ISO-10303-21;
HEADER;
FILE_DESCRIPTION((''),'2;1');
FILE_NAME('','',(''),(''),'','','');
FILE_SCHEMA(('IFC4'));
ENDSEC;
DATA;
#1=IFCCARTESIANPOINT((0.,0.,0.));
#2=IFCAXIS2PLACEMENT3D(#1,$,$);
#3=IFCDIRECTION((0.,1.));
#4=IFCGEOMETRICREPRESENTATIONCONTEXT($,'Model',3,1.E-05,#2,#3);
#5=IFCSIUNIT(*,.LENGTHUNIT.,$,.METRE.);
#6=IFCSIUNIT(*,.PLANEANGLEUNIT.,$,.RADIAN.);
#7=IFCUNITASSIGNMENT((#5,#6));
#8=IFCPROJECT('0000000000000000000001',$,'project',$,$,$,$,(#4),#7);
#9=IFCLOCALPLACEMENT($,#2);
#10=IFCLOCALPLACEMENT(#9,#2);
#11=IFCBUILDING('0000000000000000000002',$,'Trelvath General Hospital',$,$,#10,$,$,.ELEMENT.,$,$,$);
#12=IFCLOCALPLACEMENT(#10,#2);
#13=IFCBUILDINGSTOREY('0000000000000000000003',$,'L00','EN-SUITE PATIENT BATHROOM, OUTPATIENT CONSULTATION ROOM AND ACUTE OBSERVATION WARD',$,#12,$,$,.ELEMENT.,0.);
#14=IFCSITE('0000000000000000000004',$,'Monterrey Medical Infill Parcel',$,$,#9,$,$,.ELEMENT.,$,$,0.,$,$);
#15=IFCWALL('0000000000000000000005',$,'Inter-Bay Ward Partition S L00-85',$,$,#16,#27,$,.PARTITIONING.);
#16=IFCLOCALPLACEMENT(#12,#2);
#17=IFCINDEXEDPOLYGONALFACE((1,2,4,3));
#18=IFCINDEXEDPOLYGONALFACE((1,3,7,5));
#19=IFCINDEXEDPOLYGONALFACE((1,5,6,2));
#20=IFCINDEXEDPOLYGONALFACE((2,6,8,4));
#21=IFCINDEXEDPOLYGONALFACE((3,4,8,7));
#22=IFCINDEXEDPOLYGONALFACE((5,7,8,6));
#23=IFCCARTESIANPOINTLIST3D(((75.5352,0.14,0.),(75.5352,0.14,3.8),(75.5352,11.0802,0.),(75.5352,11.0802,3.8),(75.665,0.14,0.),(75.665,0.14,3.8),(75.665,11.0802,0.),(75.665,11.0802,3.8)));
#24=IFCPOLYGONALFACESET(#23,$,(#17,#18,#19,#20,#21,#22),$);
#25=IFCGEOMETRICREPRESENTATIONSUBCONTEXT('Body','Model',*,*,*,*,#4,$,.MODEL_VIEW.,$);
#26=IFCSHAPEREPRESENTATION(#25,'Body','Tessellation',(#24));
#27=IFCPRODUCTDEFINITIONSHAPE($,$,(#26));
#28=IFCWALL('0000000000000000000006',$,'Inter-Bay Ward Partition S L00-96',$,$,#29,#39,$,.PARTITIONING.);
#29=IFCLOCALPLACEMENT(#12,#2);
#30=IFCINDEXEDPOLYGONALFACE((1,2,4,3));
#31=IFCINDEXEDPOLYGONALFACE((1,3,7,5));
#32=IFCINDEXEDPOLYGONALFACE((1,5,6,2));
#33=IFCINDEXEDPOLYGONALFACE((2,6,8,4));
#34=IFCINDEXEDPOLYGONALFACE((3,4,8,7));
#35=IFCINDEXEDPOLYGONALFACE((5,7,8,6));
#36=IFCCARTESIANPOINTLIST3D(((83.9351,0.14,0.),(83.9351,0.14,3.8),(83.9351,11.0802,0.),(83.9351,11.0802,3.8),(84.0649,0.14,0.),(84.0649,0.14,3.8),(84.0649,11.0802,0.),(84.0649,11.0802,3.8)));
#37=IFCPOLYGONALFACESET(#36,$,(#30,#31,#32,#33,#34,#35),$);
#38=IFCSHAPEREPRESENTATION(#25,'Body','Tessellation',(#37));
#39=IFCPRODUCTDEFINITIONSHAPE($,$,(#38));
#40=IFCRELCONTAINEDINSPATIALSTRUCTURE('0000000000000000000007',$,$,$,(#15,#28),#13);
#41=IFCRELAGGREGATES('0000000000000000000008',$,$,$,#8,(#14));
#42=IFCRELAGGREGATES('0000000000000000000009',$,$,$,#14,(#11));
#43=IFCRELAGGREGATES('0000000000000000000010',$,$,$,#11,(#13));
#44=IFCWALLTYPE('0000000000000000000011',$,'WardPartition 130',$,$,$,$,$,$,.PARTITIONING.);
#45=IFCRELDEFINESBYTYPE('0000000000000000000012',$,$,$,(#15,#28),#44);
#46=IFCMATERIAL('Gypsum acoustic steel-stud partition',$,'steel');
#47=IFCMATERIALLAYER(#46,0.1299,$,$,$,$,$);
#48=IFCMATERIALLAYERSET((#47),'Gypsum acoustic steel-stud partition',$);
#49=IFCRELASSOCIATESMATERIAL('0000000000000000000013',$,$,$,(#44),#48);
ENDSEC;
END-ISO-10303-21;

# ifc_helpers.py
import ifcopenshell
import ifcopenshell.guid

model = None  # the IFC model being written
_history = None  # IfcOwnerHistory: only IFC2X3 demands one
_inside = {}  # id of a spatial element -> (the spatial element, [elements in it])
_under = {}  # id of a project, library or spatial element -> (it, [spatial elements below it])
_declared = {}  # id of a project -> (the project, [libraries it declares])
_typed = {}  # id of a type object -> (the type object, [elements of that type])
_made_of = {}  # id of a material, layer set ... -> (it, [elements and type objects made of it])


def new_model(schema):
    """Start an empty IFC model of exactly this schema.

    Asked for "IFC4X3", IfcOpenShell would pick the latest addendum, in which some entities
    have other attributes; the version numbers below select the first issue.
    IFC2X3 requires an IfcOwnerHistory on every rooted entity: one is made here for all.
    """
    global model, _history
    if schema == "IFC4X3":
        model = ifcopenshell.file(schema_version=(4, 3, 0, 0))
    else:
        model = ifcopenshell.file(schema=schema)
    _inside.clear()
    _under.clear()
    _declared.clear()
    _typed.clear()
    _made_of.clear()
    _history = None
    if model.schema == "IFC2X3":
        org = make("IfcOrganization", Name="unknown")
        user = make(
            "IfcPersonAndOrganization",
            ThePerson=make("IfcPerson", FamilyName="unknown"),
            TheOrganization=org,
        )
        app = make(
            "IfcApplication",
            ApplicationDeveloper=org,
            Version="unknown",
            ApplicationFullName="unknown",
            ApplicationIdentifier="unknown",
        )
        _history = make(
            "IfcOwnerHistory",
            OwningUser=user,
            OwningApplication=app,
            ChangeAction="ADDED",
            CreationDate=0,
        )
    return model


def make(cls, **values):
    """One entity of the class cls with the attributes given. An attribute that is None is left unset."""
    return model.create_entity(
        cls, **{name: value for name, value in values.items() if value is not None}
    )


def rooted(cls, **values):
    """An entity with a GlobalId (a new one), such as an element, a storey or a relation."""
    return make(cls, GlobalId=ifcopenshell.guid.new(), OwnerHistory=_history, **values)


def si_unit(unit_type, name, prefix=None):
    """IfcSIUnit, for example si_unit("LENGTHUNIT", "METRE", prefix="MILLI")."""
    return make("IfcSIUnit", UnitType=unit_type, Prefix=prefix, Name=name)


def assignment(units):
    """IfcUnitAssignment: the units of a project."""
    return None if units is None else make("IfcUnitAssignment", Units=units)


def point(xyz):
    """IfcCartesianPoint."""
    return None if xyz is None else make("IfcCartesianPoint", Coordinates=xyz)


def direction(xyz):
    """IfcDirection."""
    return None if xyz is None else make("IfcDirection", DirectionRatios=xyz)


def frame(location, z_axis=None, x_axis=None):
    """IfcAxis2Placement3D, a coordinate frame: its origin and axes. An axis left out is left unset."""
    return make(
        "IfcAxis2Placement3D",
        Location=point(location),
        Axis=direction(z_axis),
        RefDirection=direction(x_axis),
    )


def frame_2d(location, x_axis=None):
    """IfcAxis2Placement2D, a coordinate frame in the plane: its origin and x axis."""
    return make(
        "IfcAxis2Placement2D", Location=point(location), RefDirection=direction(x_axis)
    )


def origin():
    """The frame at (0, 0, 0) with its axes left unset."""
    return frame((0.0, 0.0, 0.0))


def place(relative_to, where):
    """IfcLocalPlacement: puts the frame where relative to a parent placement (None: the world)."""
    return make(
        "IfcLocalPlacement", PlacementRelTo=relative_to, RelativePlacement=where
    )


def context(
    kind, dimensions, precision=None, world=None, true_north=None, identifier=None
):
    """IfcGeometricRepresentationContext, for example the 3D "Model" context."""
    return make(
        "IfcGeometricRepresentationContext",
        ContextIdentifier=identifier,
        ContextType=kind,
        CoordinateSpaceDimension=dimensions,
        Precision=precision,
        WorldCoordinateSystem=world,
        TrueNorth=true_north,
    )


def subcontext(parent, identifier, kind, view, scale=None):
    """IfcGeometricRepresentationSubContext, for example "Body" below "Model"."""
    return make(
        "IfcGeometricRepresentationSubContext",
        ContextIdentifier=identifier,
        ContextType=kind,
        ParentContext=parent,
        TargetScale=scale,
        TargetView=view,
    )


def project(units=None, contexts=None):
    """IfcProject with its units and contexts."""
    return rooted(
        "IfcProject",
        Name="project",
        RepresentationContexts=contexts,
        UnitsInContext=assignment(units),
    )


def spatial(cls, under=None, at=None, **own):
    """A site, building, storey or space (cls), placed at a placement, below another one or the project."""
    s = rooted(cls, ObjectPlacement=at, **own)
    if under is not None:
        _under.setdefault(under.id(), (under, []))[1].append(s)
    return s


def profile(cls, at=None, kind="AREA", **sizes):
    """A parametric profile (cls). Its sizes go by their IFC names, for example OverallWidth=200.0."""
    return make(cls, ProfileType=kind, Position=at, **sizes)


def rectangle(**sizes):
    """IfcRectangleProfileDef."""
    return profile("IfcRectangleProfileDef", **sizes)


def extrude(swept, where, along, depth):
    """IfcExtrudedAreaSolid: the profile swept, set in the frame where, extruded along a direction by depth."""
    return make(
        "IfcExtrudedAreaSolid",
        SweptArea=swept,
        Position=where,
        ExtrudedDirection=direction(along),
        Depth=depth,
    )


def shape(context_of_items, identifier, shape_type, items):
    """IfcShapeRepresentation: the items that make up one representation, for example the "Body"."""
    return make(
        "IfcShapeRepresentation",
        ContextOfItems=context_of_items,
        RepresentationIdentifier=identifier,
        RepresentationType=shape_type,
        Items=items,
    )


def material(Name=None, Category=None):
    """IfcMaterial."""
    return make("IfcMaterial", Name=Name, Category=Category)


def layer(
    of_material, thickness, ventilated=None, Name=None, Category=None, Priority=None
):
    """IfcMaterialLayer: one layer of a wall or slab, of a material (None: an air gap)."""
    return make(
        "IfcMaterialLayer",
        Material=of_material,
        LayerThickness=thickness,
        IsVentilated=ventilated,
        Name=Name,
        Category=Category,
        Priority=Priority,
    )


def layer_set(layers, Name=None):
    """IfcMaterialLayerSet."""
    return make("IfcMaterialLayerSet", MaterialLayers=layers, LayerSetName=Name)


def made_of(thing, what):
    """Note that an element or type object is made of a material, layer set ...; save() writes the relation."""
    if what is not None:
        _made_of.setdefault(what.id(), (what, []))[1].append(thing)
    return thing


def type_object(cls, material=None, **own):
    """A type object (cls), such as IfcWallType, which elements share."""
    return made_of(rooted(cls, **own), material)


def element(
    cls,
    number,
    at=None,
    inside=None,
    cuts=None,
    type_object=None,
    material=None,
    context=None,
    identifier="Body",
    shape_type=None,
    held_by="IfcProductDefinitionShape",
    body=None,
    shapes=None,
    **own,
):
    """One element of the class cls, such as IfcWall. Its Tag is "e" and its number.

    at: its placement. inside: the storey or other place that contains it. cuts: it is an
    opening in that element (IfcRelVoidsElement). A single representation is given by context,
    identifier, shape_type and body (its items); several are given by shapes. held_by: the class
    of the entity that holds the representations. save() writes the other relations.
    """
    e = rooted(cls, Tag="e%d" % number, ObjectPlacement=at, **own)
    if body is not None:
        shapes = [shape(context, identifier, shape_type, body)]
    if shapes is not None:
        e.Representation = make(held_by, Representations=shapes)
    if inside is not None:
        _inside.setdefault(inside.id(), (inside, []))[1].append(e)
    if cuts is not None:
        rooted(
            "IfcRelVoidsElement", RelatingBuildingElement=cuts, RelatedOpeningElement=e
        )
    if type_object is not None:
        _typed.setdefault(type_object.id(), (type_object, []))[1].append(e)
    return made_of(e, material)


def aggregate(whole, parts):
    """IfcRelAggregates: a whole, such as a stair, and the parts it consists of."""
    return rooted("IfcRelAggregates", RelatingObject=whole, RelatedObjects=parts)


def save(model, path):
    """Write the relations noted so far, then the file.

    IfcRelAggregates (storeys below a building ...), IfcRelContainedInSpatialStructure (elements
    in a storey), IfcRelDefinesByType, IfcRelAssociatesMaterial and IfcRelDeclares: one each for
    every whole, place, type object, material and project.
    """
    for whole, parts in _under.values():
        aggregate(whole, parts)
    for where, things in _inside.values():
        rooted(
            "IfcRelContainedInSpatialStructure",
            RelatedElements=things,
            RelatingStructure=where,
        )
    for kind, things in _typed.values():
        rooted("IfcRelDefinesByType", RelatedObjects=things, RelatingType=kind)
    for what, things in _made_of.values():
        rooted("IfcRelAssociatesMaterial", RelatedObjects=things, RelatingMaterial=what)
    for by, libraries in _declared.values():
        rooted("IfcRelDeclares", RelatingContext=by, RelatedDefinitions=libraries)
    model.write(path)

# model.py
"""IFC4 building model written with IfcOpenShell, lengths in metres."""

from ifc_helpers import new_model, si_unit, direction, frame, frame_2d, origin, place, context, subcontext, project, spatial, rectangle, extrude, material, layer, layer_set, type_object, element, save


model = new_model("IFC4")

# Units and contexts
model_context = context("Model", 3, precision=1e-05, world=origin(), true_north=direction((0.0, 1.0)))
body_context = subcontext(model_context, "Body", "Model", "MODEL_VIEW")
ifc_project = project(units=[si_unit("LENGTHUNIT", "METRE"), si_unit("PLANEANGLEUNIT", "RADIAN")], contexts=[model_context])

# Site, building, storey
site_placement = place(None, origin())
site = spatial("IfcSite", under=ifc_project, at=site_placement, Name="Monterrey Medical Infill Parcel", CompositionType="ELEMENT", RefElevation=0.0)
building_placement = place(site_placement, origin())
building = spatial("IfcBuilding", under=site, at=building_placement, Name="Trelvath General Hospital", CompositionType="ELEMENT")
storey_placement = place(building_placement, origin())
storey = spatial("IfcBuildingStorey", under=building, at=storey_placement, Name="L00", Description="EN-SUITE PATIENT BATHROOM, OUTPATIENT CONSULTATION ROOM AND ACUTE OBSERVATION WARD", CompositionType="ELEMENT", Elevation=0.0)

# Walls
ifc_material_1 = material(Name="Gypsum acoustic steel-stud partition", Category="steel")
ifc_layer_1 = layer(ifc_material_1, 0.1299)
ifc_layer_set_1 = layer_set([ifc_layer_1], Name="Gypsum acoustic steel-stud partition")
wall_type_1 = type_object("IfcWallType", Name="WardPartition 130", PredefinedType="PARTITIONING", material=ifc_layer_set_1)
for number, where, z_axis, x_axis, name in (
    (1, (75.6001, 0.1399, 0.0), (0.0, 0.0, 1.0), (0.0, 1.0, 0.0), "Inter-Bay Ward Partition S L00-85"),
    (2, (84.0, 0.1399, 0.0), (0.0, 0.0, 1.0), (0.0, 1.0, 0.0), "Inter-Bay Ward Partition S L00-96"),
):
    element("IfcWall", number, at=place(storey_placement, frame(where, z_axis=z_axis, x_axis=x_axis)), inside=storey, type_object=wall_type_1, Name=name, PredefinedType="PARTITIONING", context=body_context, shape_type="SweptSolid", body=[
        extrude(rectangle(XDim=10.9402, YDim=0.1299, at=frame_2d((5.4702, 0.0))), origin(), (0.0, 0.0, 1.0), 3.8),
    ])

save(model, "model.ifc")
